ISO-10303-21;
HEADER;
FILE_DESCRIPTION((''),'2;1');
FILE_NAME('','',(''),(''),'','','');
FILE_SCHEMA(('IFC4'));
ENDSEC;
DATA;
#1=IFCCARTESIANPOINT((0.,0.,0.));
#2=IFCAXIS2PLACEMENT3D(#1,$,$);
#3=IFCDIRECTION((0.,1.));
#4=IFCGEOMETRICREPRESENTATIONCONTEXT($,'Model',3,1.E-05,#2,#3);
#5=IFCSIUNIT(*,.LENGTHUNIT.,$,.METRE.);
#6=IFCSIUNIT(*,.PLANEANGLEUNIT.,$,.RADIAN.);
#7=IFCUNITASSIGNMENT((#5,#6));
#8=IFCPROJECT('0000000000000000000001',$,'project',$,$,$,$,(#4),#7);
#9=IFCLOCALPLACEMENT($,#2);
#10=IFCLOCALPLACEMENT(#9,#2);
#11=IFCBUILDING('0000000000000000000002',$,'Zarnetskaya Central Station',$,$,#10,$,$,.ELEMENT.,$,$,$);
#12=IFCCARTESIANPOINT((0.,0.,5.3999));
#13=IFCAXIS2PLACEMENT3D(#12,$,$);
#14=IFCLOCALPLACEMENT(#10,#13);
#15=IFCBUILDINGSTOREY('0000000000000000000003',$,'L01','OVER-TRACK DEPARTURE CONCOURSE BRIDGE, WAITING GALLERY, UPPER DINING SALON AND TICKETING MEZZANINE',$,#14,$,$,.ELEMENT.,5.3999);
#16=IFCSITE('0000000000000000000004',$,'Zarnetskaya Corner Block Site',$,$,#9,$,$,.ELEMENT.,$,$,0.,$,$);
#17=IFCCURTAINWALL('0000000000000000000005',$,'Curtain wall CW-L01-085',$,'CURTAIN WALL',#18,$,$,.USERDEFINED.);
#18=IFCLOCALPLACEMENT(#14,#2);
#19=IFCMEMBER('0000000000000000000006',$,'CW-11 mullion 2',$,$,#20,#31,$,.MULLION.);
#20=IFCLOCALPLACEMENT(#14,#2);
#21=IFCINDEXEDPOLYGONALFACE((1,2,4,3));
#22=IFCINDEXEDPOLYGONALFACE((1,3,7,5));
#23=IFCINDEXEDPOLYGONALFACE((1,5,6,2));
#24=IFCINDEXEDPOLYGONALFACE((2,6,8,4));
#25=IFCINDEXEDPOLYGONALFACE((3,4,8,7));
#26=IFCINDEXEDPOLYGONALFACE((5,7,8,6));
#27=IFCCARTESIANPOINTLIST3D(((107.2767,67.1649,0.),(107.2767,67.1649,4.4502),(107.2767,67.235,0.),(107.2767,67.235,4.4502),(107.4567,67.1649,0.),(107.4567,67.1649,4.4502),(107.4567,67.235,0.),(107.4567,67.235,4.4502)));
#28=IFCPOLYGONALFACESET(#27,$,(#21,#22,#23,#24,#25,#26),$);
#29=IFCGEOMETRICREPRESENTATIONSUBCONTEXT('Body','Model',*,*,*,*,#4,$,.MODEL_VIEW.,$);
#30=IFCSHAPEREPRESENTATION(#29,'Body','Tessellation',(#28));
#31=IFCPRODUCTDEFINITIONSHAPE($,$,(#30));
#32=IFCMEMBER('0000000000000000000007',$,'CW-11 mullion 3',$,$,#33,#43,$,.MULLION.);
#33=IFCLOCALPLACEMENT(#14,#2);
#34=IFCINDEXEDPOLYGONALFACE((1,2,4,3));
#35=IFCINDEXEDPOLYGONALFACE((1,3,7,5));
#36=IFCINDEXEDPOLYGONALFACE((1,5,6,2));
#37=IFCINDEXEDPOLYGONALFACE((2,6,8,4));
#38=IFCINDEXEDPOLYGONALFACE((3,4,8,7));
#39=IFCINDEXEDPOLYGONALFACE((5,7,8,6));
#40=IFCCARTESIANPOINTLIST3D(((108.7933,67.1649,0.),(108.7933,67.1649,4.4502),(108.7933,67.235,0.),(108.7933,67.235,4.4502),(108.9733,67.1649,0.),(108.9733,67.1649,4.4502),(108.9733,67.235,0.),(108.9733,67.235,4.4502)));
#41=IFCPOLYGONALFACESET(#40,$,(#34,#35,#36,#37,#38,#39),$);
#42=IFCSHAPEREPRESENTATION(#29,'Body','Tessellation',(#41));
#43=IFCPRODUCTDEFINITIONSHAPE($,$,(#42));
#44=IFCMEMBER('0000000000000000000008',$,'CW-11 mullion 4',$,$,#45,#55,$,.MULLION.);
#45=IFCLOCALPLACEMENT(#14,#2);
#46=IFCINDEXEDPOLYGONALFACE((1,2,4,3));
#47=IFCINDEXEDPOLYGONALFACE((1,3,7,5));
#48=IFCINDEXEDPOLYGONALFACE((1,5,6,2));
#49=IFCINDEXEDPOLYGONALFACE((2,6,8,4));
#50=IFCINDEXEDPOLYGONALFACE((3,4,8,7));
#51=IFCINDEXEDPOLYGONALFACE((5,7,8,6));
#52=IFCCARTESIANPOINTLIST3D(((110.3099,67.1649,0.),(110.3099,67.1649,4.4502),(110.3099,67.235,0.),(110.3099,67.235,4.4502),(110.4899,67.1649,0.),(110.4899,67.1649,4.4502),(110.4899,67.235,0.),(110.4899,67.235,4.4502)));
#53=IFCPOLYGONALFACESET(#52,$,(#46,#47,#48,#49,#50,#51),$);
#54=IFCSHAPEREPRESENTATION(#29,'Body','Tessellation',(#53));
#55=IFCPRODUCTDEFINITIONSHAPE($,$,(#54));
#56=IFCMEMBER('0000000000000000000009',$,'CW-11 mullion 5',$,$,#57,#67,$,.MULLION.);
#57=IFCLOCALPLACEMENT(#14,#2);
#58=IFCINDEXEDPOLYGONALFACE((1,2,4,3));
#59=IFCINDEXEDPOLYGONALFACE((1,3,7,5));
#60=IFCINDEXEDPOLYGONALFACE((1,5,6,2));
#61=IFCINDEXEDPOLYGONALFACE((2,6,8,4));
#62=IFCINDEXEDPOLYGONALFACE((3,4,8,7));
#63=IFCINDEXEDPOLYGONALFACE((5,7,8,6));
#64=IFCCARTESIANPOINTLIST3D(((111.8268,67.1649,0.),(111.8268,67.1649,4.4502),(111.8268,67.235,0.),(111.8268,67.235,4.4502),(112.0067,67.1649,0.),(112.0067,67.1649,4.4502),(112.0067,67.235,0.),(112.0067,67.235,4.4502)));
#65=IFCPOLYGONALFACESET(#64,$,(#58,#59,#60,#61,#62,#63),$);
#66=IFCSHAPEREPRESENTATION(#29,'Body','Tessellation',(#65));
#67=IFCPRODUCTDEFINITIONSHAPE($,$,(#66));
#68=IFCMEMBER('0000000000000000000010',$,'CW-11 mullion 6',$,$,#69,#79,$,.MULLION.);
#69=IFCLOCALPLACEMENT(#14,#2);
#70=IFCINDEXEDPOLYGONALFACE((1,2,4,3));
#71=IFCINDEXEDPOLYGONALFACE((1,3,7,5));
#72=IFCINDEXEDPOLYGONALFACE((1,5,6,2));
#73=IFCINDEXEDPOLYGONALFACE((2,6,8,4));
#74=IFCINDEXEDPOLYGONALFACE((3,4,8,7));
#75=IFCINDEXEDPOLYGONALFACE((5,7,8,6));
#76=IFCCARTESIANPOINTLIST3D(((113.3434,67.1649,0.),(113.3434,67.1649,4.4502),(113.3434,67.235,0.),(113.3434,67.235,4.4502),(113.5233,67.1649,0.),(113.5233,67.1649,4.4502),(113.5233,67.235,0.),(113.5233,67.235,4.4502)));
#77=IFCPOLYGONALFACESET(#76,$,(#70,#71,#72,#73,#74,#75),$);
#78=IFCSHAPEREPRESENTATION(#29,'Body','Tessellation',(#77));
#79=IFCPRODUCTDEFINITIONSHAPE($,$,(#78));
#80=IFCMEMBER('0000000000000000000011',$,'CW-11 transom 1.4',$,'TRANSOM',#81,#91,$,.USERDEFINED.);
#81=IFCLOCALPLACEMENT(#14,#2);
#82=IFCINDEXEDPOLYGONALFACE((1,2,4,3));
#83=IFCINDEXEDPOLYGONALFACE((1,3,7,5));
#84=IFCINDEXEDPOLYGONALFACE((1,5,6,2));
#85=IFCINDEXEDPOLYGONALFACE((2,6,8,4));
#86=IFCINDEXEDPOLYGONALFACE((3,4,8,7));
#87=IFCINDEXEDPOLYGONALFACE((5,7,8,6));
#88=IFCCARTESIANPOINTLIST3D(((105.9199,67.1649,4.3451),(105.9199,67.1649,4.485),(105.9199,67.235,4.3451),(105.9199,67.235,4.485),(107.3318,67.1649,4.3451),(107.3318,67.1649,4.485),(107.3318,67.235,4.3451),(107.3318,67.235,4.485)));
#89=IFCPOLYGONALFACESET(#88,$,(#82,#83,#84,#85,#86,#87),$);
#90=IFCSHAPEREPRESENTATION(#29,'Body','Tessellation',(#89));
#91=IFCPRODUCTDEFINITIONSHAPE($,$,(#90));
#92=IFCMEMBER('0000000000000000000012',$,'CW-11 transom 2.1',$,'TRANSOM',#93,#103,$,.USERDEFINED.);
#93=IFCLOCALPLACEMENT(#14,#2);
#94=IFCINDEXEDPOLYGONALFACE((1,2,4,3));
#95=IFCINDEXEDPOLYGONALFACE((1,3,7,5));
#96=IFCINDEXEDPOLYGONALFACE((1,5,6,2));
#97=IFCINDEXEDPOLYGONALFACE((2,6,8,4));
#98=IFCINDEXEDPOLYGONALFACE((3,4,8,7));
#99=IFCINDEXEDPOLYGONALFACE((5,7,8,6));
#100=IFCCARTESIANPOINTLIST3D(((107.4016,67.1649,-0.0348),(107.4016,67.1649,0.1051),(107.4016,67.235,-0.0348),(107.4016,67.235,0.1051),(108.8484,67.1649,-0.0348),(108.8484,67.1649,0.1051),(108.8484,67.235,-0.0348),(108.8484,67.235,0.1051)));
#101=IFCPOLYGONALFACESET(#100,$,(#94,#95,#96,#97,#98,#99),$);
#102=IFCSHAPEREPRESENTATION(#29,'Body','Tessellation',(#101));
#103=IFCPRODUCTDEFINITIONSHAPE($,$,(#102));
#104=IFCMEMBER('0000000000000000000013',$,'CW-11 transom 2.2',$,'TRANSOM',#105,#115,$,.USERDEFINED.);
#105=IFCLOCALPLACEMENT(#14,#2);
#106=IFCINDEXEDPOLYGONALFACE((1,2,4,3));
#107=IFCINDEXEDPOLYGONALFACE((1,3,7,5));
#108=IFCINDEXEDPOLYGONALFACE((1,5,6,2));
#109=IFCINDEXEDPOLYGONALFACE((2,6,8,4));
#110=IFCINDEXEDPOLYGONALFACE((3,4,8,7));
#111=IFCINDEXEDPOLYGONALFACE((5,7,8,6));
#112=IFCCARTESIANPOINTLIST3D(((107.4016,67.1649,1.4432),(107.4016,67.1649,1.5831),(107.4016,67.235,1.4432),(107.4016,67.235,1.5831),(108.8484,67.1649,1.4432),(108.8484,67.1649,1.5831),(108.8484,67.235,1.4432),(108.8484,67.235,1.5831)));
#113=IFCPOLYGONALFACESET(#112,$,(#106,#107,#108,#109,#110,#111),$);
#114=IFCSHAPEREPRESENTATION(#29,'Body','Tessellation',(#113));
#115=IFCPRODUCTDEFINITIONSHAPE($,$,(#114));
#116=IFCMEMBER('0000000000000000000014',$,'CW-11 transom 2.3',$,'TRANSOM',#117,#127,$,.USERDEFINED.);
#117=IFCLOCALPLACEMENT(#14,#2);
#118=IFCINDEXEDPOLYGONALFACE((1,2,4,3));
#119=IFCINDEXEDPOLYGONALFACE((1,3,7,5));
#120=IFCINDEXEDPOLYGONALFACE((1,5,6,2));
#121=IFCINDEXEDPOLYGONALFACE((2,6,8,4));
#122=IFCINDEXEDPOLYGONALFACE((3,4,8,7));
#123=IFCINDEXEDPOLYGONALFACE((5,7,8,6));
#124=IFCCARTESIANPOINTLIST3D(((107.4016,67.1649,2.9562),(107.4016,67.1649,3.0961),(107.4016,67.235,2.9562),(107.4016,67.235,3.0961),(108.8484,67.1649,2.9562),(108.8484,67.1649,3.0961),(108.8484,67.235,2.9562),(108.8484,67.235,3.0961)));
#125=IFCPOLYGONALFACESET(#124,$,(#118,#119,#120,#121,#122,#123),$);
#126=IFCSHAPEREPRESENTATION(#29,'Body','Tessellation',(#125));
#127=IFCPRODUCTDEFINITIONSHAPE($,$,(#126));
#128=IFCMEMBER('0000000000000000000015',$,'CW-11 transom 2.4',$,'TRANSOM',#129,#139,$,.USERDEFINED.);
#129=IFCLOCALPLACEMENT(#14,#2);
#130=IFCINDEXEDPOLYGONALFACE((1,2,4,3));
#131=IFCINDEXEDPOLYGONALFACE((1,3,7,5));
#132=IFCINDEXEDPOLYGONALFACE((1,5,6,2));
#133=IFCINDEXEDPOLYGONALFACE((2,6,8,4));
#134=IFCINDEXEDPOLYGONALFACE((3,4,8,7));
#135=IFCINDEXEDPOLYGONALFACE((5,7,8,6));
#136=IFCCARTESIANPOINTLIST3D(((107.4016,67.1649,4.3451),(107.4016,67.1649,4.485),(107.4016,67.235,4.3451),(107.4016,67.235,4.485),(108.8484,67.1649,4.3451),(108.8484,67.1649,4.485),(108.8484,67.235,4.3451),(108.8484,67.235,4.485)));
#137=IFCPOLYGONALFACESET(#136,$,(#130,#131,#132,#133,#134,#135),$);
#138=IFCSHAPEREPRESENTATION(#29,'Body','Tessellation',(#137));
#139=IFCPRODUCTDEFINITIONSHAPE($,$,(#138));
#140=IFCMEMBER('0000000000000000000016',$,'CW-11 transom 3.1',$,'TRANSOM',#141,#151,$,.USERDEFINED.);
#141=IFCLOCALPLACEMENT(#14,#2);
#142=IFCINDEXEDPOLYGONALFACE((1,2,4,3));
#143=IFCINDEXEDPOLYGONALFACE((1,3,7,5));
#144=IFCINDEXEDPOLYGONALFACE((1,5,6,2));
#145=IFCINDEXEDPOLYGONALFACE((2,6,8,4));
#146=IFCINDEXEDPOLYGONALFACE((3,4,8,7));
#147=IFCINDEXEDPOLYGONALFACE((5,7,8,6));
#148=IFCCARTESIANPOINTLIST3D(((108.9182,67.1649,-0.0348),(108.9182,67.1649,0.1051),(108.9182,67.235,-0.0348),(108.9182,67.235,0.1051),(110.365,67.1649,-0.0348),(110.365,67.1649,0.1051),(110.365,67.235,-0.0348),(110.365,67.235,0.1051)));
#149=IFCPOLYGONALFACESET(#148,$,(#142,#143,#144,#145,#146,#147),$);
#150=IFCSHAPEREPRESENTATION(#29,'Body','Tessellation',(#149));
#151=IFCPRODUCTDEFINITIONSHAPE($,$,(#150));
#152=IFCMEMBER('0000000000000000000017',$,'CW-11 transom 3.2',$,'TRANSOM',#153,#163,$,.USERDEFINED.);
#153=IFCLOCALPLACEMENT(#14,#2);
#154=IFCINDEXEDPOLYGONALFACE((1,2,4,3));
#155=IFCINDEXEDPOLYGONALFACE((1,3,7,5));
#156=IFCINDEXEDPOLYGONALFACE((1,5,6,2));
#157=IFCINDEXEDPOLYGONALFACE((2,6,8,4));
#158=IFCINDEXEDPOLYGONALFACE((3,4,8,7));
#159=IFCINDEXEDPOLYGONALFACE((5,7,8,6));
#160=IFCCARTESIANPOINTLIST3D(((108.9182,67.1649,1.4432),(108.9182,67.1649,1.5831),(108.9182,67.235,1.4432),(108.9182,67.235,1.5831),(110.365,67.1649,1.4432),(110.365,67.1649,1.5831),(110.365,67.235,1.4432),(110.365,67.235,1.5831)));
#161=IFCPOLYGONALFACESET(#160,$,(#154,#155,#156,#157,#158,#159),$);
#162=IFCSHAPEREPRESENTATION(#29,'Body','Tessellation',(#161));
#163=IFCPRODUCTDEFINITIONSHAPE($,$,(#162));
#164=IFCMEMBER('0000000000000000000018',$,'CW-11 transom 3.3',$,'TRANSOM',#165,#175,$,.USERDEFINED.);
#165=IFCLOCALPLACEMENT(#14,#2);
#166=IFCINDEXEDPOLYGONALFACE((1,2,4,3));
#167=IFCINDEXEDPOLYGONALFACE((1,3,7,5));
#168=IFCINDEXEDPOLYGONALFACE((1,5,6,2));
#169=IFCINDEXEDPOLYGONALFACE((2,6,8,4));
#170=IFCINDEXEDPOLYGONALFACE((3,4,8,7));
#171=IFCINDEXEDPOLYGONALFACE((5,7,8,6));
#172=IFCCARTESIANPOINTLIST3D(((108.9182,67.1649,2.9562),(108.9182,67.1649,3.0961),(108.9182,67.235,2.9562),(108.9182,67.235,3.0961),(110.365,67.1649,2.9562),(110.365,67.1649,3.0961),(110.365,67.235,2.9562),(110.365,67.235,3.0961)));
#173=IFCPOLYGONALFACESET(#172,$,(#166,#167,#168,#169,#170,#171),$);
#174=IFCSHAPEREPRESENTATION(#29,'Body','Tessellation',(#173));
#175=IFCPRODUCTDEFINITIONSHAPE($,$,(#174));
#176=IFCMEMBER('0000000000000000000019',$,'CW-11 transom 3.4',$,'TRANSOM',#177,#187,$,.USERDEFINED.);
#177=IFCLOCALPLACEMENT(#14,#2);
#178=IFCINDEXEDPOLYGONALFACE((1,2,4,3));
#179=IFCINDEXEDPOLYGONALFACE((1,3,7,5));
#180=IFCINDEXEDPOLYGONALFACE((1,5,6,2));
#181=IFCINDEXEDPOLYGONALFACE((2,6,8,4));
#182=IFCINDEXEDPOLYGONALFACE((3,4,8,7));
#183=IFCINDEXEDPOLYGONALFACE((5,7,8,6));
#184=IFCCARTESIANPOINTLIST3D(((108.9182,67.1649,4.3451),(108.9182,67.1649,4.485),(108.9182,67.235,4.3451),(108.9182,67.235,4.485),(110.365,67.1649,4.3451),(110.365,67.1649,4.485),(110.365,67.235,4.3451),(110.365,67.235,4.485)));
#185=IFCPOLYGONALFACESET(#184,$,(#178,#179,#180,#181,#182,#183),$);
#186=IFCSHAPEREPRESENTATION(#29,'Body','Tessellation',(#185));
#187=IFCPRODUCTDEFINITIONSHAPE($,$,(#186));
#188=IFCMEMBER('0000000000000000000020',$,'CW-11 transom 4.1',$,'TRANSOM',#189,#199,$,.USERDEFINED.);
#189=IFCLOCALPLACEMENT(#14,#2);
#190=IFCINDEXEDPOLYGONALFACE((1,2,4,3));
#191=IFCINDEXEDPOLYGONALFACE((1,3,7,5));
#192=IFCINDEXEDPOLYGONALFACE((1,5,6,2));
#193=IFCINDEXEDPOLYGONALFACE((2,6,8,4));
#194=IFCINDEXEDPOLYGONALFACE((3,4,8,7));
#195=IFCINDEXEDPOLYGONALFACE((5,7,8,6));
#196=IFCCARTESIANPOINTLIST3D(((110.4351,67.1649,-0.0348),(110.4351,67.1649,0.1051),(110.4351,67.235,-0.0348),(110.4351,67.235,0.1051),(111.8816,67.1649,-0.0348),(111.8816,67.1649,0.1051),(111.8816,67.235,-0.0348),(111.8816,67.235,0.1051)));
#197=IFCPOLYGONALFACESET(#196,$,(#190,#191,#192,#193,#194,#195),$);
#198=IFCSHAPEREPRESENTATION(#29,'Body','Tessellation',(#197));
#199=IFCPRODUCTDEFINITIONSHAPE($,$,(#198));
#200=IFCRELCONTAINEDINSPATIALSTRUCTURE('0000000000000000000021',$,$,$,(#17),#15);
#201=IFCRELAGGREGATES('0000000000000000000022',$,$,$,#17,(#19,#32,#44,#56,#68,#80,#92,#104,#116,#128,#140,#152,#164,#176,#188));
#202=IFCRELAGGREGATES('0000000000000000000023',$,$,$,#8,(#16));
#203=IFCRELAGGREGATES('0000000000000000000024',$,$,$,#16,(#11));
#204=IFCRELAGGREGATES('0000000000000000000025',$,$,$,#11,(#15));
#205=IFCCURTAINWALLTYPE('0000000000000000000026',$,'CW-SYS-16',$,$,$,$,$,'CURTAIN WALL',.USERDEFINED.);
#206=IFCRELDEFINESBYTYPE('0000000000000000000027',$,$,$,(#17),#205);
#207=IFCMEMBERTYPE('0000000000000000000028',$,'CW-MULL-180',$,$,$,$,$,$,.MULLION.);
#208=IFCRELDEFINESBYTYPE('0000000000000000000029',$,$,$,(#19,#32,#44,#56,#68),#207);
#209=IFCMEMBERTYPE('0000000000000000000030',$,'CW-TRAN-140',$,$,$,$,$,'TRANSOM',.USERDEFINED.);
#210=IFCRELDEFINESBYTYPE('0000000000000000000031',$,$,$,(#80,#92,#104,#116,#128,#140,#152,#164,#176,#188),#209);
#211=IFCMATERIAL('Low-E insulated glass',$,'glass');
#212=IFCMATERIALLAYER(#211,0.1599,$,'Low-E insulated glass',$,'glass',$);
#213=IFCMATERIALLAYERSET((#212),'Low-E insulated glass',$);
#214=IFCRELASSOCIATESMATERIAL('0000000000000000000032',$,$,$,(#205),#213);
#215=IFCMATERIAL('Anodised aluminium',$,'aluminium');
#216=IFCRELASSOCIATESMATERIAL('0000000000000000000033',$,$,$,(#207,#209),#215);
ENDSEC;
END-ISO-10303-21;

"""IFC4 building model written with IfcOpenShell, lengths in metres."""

from ifc_helpers import new_model, si_unit, direction, frame, origin, origin_2d, place, context, subcontext, project, spatial, rectangle, extrude, material, layer, layer_set, material_profile, profile_set, type_object, element, aggregate, save


model = new_model("IFC4")

# Units and contexts
model_context = context("Model", 3, precision=1e-05, world=origin(), true_north=direction((0.0, 1.0)))
body_context = subcontext(model_context, "Body", "Model", "MODEL_VIEW")
ifc_project = project(units=[si_unit("LENGTHUNIT", "METRE"), si_unit("PLANEANGLEUNIT", "RADIAN")], contexts=[model_context])

# Site, building, storey
site_placement = place(None, origin())
site = spatial("IfcSite", under=ifc_project, at=site_placement, Name="Zarnetskaya Corner Block Site", CompositionType="ELEMENT", RefElevation=0.0)
building_placement = place(site_placement, origin())
building = spatial("IfcBuilding", under=site, at=building_placement, Name="Zarnetskaya Central Station", CompositionType="ELEMENT")
storey_placement = place(building_placement, frame((0.0, 0.0, 5.3999)))
storey = spatial("IfcBuildingStorey", under=building, at=storey_placement, Name="L01", Description="OVER-TRACK DEPARTURE CONCOURSE BRIDGE, WAITING GALLERY, UPPER DINING SALON AND TICKETING MEZZANINE", CompositionType="ELEMENT", Elevation=5.3999)

# Curtain wall, members
ifc_material_1 = material(Name="Low-E insulated glass", Category="glass")
ifc_layer_1 = layer(ifc_material_1, 0.1599, Name="Low-E insulated glass", Category="glass")
ifc_layer_set_1 = layer_set([ifc_layer_1], Name="Low-E insulated glass")
curtain_wall_type = type_object("IfcCurtainWallType", Name="CW-SYS-16", ElementType="CURTAIN WALL", PredefinedType="USERDEFINED", material=ifc_layer_set_1)
curtain_wall_placement = place(storey_placement, origin())
curtain_wall = element("IfcCurtainWall", 1, at=curtain_wall_placement, inside=storey, type_object=curtain_wall_type, Name="Curtain wall CW-L01-085", ObjectType="CURTAIN WALL", PredefinedType="USERDEFINED")
ifc_material_2 = material(Name="Anodised aluminium", Category="aluminium")
ifc_material_profile_1 = material_profile(ifc_material_2, rectangle(XDim=0.0701, YDim=0.1799, at=origin_2d()), Name="ALU MULL 70x180")
ifc_profile_set_1 = profile_set([ifc_material_profile_1], Name="Anodised aluminium")
member_type_1 = type_object("IfcMemberType", Name="CW-MULL-180", PredefinedType="MULLION", material=ifc_profile_set_1)
member_1_placement = place(storey_placement, frame((107.3667, 67.2, 0.0), z_axis=(0.0, 0.0, 1.0), x_axis=(0.0, 1.0, 0.0)))
member_1 = element("IfcMember", 2, at=member_1_placement, type_object=member_type_1, Name="CW-11 mullion 2", PredefinedType="MULLION", context=body_context, shape_type="SweptSolid", body=[
    extrude(rectangle(XDim=0.0701, YDim=0.1799, at=origin_2d()), origin(), (0.0, 0.0, 1.0), 4.4502),
])
member_2_placement = place(storey_placement, frame((108.8833, 67.2, 0.0), z_axis=(0.0, 0.0, 1.0), x_axis=(0.0, 1.0, 0.0)))
member_2 = element("IfcMember", 3, at=member_2_placement, type_object=member_type_1, Name="CW-11 mullion 3", PredefinedType="MULLION", context=body_context, shape_type="SweptSolid", body=[
    extrude(rectangle(XDim=0.0701, YDim=0.1799, at=origin_2d()), origin(), (0.0, 0.0, 1.0), 4.4502),
])
member_3_placement = place(storey_placement, frame((110.3999, 67.2, 0.0), z_axis=(0.0, 0.0, 1.0), x_axis=(0.0, 1.0, 0.0)))
member_3 = element("IfcMember", 4, at=member_3_placement, type_object=member_type_1, Name="CW-11 mullion 4", PredefinedType="MULLION", context=body_context, shape_type="SweptSolid", body=[
    extrude(rectangle(XDim=0.0701, YDim=0.1799, at=origin_2d()), origin(), (0.0, 0.0, 1.0), 4.4502),
])
member_4_placement = place(storey_placement, frame((111.9167, 67.2, 0.0), z_axis=(0.0, 0.0, 1.0), x_axis=(0.0, 1.0, 0.0)))
member_4 = element("IfcMember", 5, at=member_4_placement, type_object=member_type_1, Name="CW-11 mullion 5", PredefinedType="MULLION", context=body_context, shape_type="SweptSolid", body=[
    extrude(rectangle(XDim=0.0701, YDim=0.1799, at=origin_2d()), origin(), (0.0, 0.0, 1.0), 4.4502),
])
member_5_placement = place(storey_placement, frame((113.4333, 67.2, 0.0), z_axis=(0.0, 0.0, 1.0), x_axis=(0.0, 1.0, 0.0)))
member_5 = element("IfcMember", 6, at=member_5_placement, type_object=member_type_1, Name="CW-11 mullion 6", PredefinedType="MULLION", context=body_context, shape_type="SweptSolid", body=[
    extrude(rectangle(XDim=0.0701, YDim=0.1799, at=origin_2d()), origin(), (0.0, 0.0, 1.0), 4.4502),
])
ifc_material_profile_2 = material_profile(ifc_material_2, rectangle(XDim=0.0701, YDim=0.1399, at=origin_2d()), Name="ALU TRAN 70x140")
ifc_profile_set_2 = profile_set([ifc_material_profile_2], Name="Anodised aluminium")
member_type_2 = type_object("IfcMemberType", Name="CW-TRAN-140", ElementType="TRANSOM", PredefinedType="USERDEFINED", material=ifc_profile_set_2)
member_6_placement = place(storey_placement, frame((105.9199, 67.2, 4.415), z_axis=(1.0, 0.0, 0.0), x_axis=(0.0, 1.0, 0.0)))
member_6 = element("IfcMember", 7, at=member_6_placement, type_object=member_type_2, Name="CW-11 transom 1.4", ObjectType="TRANSOM", PredefinedType="USERDEFINED", context=body_context, shape_type="SweptSolid", body=[
    extrude(rectangle(XDim=0.0701, YDim=0.1399, at=origin_2d()), origin(), (0.0, 0.0, 1.0), 1.4119),
])
member_7_placement = place(storey_placement, frame((107.4016, 67.2, 0.0352), z_axis=(1.0, 0.0, 0.0), x_axis=(0.0, 1.0, 0.0)))
member_7 = element("IfcMember", 8, at=member_7_placement, type_object=member_type_2, Name="CW-11 transom 2.1", ObjectType="TRANSOM", PredefinedType="USERDEFINED", context=body_context, shape_type="SweptSolid", body=[
    extrude(rectangle(XDim=0.0701, YDim=0.1399, at=origin_2d()), origin(), (0.0, 0.0, 1.0), 1.4468),
])
member_8_placement = place(storey_placement, frame((107.4016, 67.2, 1.5132), z_axis=(1.0, 0.0, 0.0), x_axis=(0.0, 1.0, 0.0)))
member_8 = element("IfcMember", 9, at=member_8_placement, type_object=member_type_2, Name="CW-11 transom 2.2", ObjectType="TRANSOM", PredefinedType="USERDEFINED", context=body_context, shape_type="SweptSolid", body=[
    extrude(rectangle(XDim=0.0701, YDim=0.1399, at=origin_2d()), origin(), (0.0, 0.0, 1.0), 1.4468),
])
member_9_placement = place(storey_placement, frame((107.4016, 67.2, 3.0261), z_axis=(1.0, 0.0, 0.0), x_axis=(0.0, 1.0, 0.0)))
member_9 = element("IfcMember", 10, at=member_9_placement, type_object=member_type_2, Name="CW-11 transom 2.3", ObjectType="TRANSOM", PredefinedType="USERDEFINED", context=body_context, shape_type="SweptSolid", body=[
    extrude(rectangle(XDim=0.0701, YDim=0.1399, at=origin_2d()), origin(), (0.0, 0.0, 1.0), 1.4468),
])
member_10_placement = place(storey_placement, frame((107.4016, 67.2, 4.415), z_axis=(1.0, 0.0, 0.0), x_axis=(0.0, 1.0, 0.0)))
member_10 = element("IfcMember", 11, at=member_10_placement, type_object=member_type_2, Name="CW-11 transom 2.4", ObjectType="TRANSOM", PredefinedType="USERDEFINED", context=body_context, shape_type="SweptSolid", body=[
    extrude(rectangle(XDim=0.0701, YDim=0.1399, at=origin_2d()), origin(), (0.0, 0.0, 1.0), 1.4468),
])
member_11_placement = place(storey_placement, frame((108.9182, 67.2, 0.0352), z_axis=(1.0, 0.0, 0.0), x_axis=(0.0, 1.0, 0.0)))
member_11 = element("IfcMember", 12, at=member_11_placement, type_object=member_type_2, Name="CW-11 transom 3.1", ObjectType="TRANSOM", PredefinedType="USERDEFINED", context=body_context, shape_type="SweptSolid", body=[
    extrude(rectangle(XDim=0.0701, YDim=0.1399, at=origin_2d()), origin(), (0.0, 0.0, 1.0), 1.4468),
])
member_12_placement = place(storey_placement, frame((108.9182, 67.2, 1.5132), z_axis=(1.0, 0.0, 0.0), x_axis=(0.0, 1.0, 0.0)))
member_12 = element("IfcMember", 13, at=member_12_placement, type_object=member_type_2, Name="CW-11 transom 3.2", ObjectType="TRANSOM", PredefinedType="USERDEFINED", context=body_context, shape_type="SweptSolid", body=[
    extrude(rectangle(XDim=0.0701, YDim=0.1399, at=origin_2d()), origin(), (0.0, 0.0, 1.0), 1.4468),
])
member_13_placement = place(storey_placement, frame((108.9182, 67.2, 3.0261), z_axis=(1.0, 0.0, 0.0), x_axis=(0.0, 1.0, 0.0)))
member_13 = element("IfcMember", 14, at=member_13_placement, type_object=member_type_2, Name="CW-11 transom 3.3", ObjectType="TRANSOM", PredefinedType="USERDEFINED", context=body_context, shape_type="SweptSolid", body=[
    extrude(rectangle(XDim=0.0701, YDim=0.1399, at=origin_2d()), origin(), (0.0, 0.0, 1.0), 1.4468),
])
member_14_placement = place(storey_placement, frame((108.9182, 67.2, 4.415), z_axis=(1.0, 0.0, 0.0), x_axis=(0.0, 1.0, 0.0)))
member_14 = element("IfcMember", 15, at=member_14_placement, type_object=member_type_2, Name="CW-11 transom 3.4", ObjectType="TRANSOM", PredefinedType="USERDEFINED", context=body_context, shape_type="SweptSolid", body=[
    extrude(rectangle(XDim=0.0701, YDim=0.1399, at=origin_2d()), origin(), (0.0, 0.0, 1.0), 1.4468),
])
member_15_placement = place(storey_placement, frame((110.4351, 67.2, 0.0352), z_axis=(1.0, 0.0, 0.0), x_axis=(0.0, 1.0, 0.0)))
member_15 = element("IfcMember", 16, at=member_15_placement, type_object=member_type_2, Name="CW-11 transom 4.1", ObjectType="TRANSOM", PredefinedType="USERDEFINED", context=body_context, shape_type="SweptSolid", body=[
    extrude(rectangle(XDim=0.0701, YDim=0.1399, at=origin_2d()), origin(), (0.0, 0.0, 1.0), 1.4465),
])
aggregate(curtain_wall, [member_1, member_2, member_3, member_4, member_5, member_6, member_7, member_8, member_9, member_10, member_11, member_12, member_13, member_14, member_15])

save(model, "model.ifc")
